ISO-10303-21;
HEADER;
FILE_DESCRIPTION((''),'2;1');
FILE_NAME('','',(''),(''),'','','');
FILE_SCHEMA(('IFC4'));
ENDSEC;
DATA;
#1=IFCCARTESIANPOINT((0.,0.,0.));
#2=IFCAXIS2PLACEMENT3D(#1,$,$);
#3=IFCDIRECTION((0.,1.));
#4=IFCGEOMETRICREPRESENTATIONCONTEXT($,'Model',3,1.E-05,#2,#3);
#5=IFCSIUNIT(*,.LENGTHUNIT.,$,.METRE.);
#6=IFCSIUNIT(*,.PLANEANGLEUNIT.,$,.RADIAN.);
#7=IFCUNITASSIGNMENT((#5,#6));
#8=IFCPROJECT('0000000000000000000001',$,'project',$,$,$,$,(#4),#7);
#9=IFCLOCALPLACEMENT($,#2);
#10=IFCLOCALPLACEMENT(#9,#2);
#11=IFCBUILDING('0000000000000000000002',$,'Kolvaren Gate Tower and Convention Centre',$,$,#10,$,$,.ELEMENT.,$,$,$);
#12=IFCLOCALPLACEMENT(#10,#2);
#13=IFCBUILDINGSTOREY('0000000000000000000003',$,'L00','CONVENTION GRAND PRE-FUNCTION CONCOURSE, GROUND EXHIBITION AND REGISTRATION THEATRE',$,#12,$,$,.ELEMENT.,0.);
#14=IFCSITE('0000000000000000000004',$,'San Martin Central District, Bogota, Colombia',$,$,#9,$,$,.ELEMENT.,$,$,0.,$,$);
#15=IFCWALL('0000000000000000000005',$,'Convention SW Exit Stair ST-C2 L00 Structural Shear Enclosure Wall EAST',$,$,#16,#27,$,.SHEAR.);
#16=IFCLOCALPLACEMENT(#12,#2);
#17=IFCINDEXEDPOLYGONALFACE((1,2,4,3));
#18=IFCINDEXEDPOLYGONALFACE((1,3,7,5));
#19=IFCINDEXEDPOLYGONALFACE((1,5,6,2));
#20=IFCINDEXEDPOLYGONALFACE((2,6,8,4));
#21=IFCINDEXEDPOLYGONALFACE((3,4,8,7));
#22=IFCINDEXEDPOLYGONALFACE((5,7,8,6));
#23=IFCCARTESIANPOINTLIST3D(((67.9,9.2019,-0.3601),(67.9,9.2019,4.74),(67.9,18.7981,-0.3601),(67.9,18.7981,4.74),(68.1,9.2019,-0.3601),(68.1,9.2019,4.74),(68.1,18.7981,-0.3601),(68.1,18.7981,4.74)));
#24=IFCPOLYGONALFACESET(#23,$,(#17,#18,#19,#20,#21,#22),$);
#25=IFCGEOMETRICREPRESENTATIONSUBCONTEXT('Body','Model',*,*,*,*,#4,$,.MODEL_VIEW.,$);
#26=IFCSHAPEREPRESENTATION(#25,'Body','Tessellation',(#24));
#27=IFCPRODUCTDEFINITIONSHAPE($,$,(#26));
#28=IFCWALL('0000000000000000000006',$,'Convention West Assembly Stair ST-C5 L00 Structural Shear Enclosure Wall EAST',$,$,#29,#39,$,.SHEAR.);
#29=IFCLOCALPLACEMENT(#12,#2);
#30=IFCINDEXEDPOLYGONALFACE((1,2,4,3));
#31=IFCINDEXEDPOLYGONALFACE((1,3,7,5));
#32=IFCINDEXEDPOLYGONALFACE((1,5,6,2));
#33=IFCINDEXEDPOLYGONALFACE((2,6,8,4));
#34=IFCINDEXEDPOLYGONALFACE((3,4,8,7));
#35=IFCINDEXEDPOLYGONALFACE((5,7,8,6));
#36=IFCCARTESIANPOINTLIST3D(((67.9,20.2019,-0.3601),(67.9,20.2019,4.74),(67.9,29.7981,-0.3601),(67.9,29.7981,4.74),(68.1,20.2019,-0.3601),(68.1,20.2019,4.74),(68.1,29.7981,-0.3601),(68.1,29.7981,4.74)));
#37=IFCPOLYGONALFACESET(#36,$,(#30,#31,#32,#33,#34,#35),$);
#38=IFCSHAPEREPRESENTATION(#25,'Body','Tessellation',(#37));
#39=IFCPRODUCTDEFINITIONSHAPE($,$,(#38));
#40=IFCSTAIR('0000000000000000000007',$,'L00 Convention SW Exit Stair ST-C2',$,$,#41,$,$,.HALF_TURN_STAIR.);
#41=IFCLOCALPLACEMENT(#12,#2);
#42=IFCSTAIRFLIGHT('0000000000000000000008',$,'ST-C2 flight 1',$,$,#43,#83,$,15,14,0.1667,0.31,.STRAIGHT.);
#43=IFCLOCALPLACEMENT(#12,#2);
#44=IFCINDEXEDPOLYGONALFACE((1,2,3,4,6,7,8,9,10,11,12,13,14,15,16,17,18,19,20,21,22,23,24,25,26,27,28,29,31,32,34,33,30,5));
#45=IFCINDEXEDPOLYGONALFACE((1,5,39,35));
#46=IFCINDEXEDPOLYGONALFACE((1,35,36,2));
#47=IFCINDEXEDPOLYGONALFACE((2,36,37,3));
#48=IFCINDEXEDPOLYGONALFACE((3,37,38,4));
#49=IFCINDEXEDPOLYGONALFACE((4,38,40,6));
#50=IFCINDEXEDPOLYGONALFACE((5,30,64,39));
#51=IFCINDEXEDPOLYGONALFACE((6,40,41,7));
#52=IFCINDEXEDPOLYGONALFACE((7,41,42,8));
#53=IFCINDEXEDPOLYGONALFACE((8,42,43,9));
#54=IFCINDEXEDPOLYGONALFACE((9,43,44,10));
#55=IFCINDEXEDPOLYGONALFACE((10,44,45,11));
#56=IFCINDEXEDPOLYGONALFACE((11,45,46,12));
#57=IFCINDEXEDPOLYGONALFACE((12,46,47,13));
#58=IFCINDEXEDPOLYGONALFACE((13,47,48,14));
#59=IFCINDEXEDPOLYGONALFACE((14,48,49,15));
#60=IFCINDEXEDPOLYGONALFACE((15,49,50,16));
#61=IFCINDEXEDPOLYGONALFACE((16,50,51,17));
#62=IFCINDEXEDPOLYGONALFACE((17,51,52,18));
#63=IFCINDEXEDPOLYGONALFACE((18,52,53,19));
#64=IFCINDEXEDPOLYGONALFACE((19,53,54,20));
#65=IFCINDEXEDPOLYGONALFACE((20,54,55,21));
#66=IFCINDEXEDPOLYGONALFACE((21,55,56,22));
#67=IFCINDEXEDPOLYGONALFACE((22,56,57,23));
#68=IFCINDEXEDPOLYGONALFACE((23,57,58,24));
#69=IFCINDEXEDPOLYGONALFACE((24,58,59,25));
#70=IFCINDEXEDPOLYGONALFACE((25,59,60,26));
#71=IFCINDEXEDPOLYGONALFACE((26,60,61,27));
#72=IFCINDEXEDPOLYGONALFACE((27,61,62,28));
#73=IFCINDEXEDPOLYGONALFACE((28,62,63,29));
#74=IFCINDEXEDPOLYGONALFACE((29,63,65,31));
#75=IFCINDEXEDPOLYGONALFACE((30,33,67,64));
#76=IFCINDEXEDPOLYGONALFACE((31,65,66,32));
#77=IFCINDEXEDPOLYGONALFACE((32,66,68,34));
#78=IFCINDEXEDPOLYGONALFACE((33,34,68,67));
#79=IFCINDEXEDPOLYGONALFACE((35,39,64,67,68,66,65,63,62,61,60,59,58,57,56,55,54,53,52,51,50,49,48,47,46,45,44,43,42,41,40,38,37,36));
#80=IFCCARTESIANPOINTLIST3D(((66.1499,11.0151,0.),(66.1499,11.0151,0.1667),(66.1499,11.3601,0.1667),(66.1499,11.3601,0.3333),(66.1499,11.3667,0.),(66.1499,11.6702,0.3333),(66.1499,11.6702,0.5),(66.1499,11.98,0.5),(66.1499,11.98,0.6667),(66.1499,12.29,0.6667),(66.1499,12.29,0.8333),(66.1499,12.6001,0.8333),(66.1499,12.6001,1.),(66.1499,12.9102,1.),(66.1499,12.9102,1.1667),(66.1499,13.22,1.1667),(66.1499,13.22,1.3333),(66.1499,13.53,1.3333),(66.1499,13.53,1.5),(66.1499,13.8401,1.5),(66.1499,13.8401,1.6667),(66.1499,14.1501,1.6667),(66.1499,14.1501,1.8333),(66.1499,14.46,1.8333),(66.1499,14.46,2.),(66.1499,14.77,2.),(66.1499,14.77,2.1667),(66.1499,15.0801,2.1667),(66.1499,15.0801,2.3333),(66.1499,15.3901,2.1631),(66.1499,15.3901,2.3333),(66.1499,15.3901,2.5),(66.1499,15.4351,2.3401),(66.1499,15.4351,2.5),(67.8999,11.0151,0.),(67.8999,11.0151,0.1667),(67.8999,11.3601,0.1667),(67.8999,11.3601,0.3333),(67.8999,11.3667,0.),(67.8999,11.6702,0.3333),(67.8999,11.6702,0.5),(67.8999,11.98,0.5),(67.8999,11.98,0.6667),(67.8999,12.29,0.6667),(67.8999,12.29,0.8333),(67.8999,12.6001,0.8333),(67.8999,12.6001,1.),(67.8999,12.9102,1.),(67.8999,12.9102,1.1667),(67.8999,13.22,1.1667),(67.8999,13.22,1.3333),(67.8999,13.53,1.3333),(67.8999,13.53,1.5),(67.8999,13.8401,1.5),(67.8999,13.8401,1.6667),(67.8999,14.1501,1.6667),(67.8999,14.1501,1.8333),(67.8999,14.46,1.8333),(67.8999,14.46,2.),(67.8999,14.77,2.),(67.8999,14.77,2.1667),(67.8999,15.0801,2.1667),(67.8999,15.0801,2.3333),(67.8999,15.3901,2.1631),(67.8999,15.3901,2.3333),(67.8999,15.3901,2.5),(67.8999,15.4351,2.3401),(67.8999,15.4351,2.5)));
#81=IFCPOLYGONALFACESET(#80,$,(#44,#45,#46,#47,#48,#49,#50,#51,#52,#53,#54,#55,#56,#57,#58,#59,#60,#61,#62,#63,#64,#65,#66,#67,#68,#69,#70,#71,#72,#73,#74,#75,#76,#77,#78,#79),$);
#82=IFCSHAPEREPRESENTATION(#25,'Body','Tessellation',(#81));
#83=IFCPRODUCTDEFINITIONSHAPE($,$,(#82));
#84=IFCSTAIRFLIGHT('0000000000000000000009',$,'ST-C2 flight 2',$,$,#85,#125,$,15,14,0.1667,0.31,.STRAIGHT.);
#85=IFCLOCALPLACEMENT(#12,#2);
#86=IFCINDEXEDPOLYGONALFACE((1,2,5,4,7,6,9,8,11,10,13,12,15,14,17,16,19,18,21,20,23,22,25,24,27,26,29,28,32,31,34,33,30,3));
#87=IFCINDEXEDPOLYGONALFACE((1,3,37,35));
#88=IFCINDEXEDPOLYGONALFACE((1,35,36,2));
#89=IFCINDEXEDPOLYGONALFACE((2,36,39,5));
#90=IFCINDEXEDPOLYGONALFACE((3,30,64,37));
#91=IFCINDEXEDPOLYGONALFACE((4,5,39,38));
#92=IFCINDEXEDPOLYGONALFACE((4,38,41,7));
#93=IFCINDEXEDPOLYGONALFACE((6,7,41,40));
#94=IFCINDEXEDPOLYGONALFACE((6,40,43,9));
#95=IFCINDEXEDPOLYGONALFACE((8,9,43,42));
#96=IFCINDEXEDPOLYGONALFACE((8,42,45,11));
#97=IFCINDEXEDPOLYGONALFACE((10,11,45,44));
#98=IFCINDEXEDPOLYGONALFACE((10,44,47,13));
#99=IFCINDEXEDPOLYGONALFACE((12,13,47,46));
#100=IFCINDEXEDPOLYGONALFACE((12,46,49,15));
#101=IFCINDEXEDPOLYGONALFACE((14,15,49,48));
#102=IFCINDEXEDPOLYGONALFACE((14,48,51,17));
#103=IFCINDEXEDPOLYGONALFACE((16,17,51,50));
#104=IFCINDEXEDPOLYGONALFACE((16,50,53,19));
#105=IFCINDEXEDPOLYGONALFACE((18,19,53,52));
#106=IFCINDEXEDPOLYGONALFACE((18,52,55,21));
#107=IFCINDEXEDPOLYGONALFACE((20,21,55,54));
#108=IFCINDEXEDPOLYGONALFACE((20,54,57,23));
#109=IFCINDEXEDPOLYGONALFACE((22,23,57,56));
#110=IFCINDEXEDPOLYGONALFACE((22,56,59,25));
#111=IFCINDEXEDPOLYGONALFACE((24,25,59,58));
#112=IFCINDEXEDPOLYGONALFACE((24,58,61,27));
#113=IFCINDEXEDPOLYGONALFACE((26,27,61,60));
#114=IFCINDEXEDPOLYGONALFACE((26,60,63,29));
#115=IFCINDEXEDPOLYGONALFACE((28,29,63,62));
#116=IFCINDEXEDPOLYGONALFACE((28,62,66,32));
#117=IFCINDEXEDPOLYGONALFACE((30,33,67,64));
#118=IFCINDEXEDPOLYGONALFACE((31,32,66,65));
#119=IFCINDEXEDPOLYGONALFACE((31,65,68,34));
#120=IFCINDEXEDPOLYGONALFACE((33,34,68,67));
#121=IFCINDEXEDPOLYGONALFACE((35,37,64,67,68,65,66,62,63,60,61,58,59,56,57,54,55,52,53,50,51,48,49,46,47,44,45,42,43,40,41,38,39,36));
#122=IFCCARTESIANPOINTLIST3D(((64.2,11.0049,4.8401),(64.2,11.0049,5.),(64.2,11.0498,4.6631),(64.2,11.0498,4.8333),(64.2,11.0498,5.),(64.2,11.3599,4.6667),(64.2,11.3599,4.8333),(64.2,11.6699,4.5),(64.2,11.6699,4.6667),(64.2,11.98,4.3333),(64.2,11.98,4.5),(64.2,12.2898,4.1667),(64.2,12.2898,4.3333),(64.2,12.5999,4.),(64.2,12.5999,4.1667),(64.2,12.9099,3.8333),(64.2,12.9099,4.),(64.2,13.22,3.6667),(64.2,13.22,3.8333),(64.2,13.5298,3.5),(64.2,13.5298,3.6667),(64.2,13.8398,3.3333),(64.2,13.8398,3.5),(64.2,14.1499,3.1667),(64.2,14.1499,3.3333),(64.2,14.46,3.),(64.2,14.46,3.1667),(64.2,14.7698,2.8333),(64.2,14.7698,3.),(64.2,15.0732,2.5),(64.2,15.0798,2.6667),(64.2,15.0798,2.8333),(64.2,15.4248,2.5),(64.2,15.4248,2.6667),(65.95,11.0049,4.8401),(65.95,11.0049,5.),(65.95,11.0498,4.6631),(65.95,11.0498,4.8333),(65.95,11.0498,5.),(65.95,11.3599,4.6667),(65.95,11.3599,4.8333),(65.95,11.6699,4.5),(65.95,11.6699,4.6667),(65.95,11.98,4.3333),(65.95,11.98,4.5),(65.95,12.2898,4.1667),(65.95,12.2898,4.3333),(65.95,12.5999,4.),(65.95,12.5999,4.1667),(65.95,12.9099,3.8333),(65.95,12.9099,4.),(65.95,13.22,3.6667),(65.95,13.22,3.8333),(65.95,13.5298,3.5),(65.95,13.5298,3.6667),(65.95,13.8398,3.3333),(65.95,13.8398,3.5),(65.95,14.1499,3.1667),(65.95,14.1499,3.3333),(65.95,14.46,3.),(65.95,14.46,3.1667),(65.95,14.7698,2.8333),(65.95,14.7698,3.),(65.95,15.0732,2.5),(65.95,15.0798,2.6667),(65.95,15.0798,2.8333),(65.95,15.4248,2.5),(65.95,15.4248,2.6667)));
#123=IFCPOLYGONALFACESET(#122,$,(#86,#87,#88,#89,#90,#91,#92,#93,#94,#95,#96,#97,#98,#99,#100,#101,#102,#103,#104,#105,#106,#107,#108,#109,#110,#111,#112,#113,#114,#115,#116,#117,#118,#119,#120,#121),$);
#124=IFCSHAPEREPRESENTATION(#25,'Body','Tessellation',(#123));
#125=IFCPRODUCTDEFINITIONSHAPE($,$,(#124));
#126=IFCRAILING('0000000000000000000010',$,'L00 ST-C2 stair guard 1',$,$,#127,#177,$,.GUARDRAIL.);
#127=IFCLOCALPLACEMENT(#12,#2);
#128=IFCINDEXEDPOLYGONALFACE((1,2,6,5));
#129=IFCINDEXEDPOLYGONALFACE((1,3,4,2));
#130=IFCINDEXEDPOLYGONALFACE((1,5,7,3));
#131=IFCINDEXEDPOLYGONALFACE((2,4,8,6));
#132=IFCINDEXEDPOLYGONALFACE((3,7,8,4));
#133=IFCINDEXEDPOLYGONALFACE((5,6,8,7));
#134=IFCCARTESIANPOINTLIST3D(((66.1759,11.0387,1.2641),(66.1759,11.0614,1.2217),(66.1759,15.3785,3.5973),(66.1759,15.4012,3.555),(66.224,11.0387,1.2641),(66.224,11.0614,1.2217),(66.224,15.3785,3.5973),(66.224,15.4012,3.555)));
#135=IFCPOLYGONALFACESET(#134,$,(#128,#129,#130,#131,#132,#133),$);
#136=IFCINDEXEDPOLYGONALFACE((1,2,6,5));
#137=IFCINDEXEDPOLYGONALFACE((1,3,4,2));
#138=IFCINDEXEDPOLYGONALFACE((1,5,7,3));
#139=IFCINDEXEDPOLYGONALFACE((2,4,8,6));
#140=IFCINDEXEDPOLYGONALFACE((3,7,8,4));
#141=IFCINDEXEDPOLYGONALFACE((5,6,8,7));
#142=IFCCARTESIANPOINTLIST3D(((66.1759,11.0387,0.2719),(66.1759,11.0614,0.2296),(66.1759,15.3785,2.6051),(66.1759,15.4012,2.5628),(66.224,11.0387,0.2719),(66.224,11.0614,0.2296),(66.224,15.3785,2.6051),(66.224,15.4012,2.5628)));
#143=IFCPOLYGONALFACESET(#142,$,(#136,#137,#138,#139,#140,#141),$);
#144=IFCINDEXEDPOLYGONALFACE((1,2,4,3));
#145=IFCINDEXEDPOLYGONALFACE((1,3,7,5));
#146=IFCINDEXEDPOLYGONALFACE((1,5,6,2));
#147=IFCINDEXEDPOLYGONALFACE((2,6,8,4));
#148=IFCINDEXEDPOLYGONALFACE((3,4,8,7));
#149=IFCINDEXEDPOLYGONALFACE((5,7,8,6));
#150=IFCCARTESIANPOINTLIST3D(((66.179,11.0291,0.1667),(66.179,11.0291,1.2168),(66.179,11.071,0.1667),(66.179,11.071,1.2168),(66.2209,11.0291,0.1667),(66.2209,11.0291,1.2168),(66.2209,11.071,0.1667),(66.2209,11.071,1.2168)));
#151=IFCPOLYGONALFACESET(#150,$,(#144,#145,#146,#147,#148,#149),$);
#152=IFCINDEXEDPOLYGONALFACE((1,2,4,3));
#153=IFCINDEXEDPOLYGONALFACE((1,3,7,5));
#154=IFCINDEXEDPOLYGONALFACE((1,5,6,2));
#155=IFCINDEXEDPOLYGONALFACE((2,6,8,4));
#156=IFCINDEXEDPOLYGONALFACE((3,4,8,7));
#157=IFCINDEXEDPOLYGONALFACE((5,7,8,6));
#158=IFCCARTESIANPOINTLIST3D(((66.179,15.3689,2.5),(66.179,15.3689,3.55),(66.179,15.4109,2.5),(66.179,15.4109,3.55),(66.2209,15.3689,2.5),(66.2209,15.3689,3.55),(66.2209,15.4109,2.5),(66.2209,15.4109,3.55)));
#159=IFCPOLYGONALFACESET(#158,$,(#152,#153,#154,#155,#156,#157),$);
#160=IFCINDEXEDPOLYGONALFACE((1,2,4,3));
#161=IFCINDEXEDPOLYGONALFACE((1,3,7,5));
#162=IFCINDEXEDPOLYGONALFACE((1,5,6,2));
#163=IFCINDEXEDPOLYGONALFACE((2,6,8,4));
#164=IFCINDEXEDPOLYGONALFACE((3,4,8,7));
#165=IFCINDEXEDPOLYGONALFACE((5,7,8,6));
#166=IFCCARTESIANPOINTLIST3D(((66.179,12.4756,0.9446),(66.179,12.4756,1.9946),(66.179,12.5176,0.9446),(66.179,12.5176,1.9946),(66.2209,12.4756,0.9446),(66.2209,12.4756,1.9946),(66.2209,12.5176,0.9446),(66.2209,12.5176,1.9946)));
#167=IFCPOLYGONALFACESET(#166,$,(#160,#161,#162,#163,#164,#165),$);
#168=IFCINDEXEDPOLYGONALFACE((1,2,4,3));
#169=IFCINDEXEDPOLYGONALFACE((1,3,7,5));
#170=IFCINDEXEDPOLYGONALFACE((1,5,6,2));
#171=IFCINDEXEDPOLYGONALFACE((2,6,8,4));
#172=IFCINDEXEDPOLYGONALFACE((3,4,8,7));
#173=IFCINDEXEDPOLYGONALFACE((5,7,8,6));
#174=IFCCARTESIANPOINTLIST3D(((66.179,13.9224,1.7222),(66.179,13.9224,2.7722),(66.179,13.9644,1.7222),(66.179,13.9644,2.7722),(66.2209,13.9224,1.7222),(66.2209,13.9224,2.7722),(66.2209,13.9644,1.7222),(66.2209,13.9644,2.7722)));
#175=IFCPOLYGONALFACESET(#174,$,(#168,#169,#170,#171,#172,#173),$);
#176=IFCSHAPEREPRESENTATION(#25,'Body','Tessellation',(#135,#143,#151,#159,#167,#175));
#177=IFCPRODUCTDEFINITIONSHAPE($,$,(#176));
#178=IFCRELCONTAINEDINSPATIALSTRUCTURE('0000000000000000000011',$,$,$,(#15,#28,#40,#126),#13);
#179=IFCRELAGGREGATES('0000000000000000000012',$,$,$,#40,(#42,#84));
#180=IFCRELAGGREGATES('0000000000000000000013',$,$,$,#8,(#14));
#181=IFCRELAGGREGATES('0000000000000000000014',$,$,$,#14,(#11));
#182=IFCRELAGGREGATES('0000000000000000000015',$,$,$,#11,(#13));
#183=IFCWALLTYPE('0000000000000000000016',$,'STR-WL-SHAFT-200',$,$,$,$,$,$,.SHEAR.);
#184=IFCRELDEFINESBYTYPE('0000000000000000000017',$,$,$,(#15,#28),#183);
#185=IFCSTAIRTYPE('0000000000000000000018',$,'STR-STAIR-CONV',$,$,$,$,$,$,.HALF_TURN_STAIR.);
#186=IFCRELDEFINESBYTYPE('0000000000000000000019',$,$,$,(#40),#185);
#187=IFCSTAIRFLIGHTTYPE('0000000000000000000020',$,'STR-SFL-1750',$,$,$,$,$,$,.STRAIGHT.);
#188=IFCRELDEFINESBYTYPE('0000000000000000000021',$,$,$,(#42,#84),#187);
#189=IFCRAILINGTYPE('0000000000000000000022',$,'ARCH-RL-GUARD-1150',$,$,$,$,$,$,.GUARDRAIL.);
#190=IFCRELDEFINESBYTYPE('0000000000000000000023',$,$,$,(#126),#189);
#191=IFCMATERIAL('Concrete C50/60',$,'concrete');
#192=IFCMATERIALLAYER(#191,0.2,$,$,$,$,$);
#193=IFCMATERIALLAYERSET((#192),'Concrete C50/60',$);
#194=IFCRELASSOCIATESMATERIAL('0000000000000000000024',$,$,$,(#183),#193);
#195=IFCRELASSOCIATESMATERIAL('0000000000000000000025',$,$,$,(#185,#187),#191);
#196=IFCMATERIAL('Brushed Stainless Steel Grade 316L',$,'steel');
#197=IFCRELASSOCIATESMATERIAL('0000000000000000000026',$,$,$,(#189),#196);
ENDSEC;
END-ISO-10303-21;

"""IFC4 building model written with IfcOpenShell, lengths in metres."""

from ifc_helpers import new_model, si_unit, direction, frame, frame_2d, origin, origin_2d, place, context, subcontext, project, spatial, polyline, rectangle, outline, extrude, material, layer, layer_set, type_object, element, aggregate, save


model = new_model("IFC4")

# Units and contexts
model_context = context("Model", 3, precision=1e-05, world=origin(), true_north=direction((0.0, 1.0)))
body_context = subcontext(model_context, "Body", "Model", "MODEL_VIEW")
ifc_project = project(units=[si_unit("LENGTHUNIT", "METRE"), si_unit("PLANEANGLEUNIT", "RADIAN")], contexts=[model_context])

# Site, building, storey
site_placement = place(None, origin())
site = spatial("IfcSite", under=ifc_project, at=site_placement, Name="San Martin Central District, Bogota, Colombia", CompositionType="ELEMENT", RefElevation=0.0)
building_placement = place(site_placement, origin())
building = spatial("IfcBuilding", under=site, at=building_placement, Name="Kolvaren Gate Tower and Convention Centre", CompositionType="ELEMENT")
storey_placement = place(building_placement, origin())
storey = spatial("IfcBuildingStorey", under=building, at=storey_placement, Name="L00", Description="CONVENTION GRAND PRE-FUNCTION CONCOURSE, GROUND EXHIBITION AND REGISTRATION THEATRE", CompositionType="ELEMENT", Elevation=0.0)

# Walls
ifc_material_1 = material(Name="Concrete C50/60", Category="concrete")
ifc_layer_1 = layer(ifc_material_1, 0.2)
ifc_layer_set_1 = layer_set([ifc_layer_1], Name="Concrete C50/60")
wall_type_1 = type_object("IfcWallType", Name="STR-WL-SHAFT-200", PredefinedType="SHEAR", material=ifc_layer_set_1)
for number, where, z_axis, x_axis, name in (
    (1, (68.0, 9.2019, -0.3601), (0.0, 0.0, 1.0), (0.0, 1.0, 0.0), "Convention SW Exit Stair ST-C2 L00 Structural Shear Enclosure Wall EAST"),
    (2, (68.0, 20.2019, -0.3601), (0.0, 0.0, 1.0), (0.0, 1.0, 0.0), "Convention West Assembly Stair ST-C5 L00 Structural Shear Enclosure Wall EAST"),
):
    element("IfcWall", number, at=place(storey_placement, frame(where, z_axis=z_axis, x_axis=x_axis)), inside=storey, type_object=wall_type_1, Name=name, PredefinedType="SHEAR", context=body_context, shape_type="SweptSolid", body=[
        extrude(rectangle(XDim=9.5962, YDim=0.2, at=frame_2d((4.7981, 0.0))), origin(), (0.0, 0.0, 1.0), 5.1001),
    ])

# Stair, stair flights
stair_type = type_object("IfcStairType", Name="STR-STAIR-CONV", PredefinedType="HALF_TURN_STAIR", material=ifc_material_1)
stair_placement = place(storey_placement, origin())
stair = element("IfcStair", 3, at=stair_placement, inside=storey, type_object=stair_type, Name="L00 Convention SW Exit Stair ST-C2", PredefinedType="HALF_TURN_STAIR")
stair_flight_type = type_object("IfcStairFlightType", Name="STR-SFL-1750", PredefinedType="STRAIGHT", material=ifc_material_1)
stair_flight_1_placement = place(storey_placement, frame((67.0249, 11.05, 0.0), z_axis=(0.0, 0.0, 1.0), x_axis=(0.0, 1.0, 0.0)))
stair_flight_1 = element("IfcStairFlight", 4, at=stair_flight_1_placement, type_object=stair_flight_type, Name="ST-C2 flight 1", NumberOfRisers=15, NumberOfTreads=14, PredefinedType="STRAIGHT", RiserHeight=0.1667, TreadLength=0.31, context=body_context, shape_type="SweptSolid", body=[
    extrude(outline(polyline([(-0.0349, 0.0), (-0.0349, 0.1667), (0.3101, 0.1667), (0.3101, 0.3333), (0.6201, 0.3333), (0.6201, 0.5), (0.9299, 0.5), (0.9299, 0.6667), (1.24, 0.6667), (1.24, 0.8333), (1.55, 0.8333), (1.55, 1.0), (1.8601, 1.0), (1.8601, 1.1667), (2.1699, 1.1667), (2.1699, 1.3333), (2.48, 1.3333), (2.48, 1.5), (2.79, 1.5), (2.79, 1.6667), (3.1001, 1.6667), (3.1001, 1.8333), (3.4099, 1.8333), (3.4099, 2.0), (3.72, 2.0), (3.72, 2.1667), (4.03, 2.1667), (4.03, 2.3333), (4.3401, 2.3333), (4.3401, 2.5), (4.385, 2.5), (4.385, 2.3401), (4.3401, 2.1631), (0.3167, 0.0), (-0.0349, 0.0)])), frame((0.0, 0.875, 0.0), z_axis=(0.0, -1.0, 0.0), x_axis=(1.0, 0.0, 0.0)), (0.0, 0.0, 1.0), 1.75),
])
stair_flight_2_placement = place(storey_placement, frame((65.075, 15.3899, 2.5), z_axis=(0.0, 0.0, 1.0), x_axis=(0.0, -1.0, 0.0)))
stair_flight_2 = element("IfcStairFlight", 5, at=stair_flight_2_placement, type_object=stair_flight_type, Name="ST-C2 flight 2", NumberOfRisers=15, NumberOfTreads=14, PredefinedType="STRAIGHT", RiserHeight=0.1667, TreadLength=0.31, context=body_context, shape_type="SweptSolid", body=[
    extrude(outline(polyline([(-0.0349, 0.0), (-0.0349, 0.1667), (0.3101, 0.1667), (0.3101, 0.3333), (0.6201, 0.3333), (0.6201, 0.5), (0.9299, 0.5), (0.9299, 0.6667), (1.24, 0.6667), (1.24, 0.8333), (1.55, 0.8333), (1.55, 1.0), (1.8601, 1.0), (1.8601, 1.1667), (2.1699, 1.1667), (2.1699, 1.3333), (2.48, 1.3333), (2.48, 1.5), (2.79, 1.5), (2.79, 1.6667), (3.1001, 1.6667), (3.1001, 1.8333), (3.4099, 1.8333), (3.4099, 2.0), (3.72, 2.0), (3.72, 2.1667), (4.03, 2.1667), (4.03, 2.3333), (4.3401, 2.3333), (4.3401, 2.5), (4.385, 2.5), (4.385, 2.3401), (4.3401, 2.1631), (0.3167, 0.0), (-0.0349, 0.0)])), frame((0.0, 0.875, 0.0), z_axis=(0.0, -1.0, 0.0), x_axis=(1.0, 0.0, 0.0)), (0.0, 0.0, 1.0), 1.75),
])
aggregate(stair, [stair_flight_1, stair_flight_2])

# Railing
ifc_material_2 = material(Name="Brushed Stainless Steel Grade 316L", Category="steel")
railing_type_1 = type_object("IfcRailingType", Name="ARCH-RL-GUARD-1150", PredefinedType="GUARDRAIL", material=ifc_material_2)
railing_1_placement = place(storey_placement, frame((66.2, 11.05, 0.1667)))
element("IfcRailing", 6, at=railing_1_placement, inside=storey, type_object=railing_type_1, Name="L00 ST-C2 stair guard 1", PredefinedType="GUARDRAIL", context=body_context, shape_type="SweptSolid", body=[
    extrude(rectangle(XDim=0.0481, YDim=0.0481, at=origin_2d()), frame((0.0, 0.0, 1.0762), z_axis=(0.0, 0.880775, 0.473535), x_axis=(-1.0, 0.0, 0.0)), (0.0, 0.0, 1.0), 4.9272),
    extrude(rectangle(XDim=0.0481, YDim=0.0481, at=origin_2d()), frame((0.0, 0.0, 0.084), z_axis=(0.0, 0.880775, 0.473535), x_axis=(-1.0, 0.0, 0.0)), (0.0, 0.0, 1.0), 4.9272),
    extrude(rectangle(XDim=0.042, YDim=0.042, at=origin_2d()), origin(), (0.0, 0.0, 1.0), 1.05),
    extrude(rectangle(XDim=0.042, YDim=0.042, at=origin_2d()), frame((0.0, 4.3398, 2.3333)), (0.0, 0.0, 1.0), 1.05),
    extrude(rectangle(XDim=0.042, YDim=0.042, at=origin_2d()), frame((0.0, 1.4465, 0.7778)), (0.0, 0.0, 1.0), 1.05),
    extrude(rectangle(XDim=0.042, YDim=0.042, at=origin_2d()), frame((0.0, 2.8933, 1.5554)), (0.0, 0.0, 1.0), 1.05),
])

save(model, "model.ifc")
